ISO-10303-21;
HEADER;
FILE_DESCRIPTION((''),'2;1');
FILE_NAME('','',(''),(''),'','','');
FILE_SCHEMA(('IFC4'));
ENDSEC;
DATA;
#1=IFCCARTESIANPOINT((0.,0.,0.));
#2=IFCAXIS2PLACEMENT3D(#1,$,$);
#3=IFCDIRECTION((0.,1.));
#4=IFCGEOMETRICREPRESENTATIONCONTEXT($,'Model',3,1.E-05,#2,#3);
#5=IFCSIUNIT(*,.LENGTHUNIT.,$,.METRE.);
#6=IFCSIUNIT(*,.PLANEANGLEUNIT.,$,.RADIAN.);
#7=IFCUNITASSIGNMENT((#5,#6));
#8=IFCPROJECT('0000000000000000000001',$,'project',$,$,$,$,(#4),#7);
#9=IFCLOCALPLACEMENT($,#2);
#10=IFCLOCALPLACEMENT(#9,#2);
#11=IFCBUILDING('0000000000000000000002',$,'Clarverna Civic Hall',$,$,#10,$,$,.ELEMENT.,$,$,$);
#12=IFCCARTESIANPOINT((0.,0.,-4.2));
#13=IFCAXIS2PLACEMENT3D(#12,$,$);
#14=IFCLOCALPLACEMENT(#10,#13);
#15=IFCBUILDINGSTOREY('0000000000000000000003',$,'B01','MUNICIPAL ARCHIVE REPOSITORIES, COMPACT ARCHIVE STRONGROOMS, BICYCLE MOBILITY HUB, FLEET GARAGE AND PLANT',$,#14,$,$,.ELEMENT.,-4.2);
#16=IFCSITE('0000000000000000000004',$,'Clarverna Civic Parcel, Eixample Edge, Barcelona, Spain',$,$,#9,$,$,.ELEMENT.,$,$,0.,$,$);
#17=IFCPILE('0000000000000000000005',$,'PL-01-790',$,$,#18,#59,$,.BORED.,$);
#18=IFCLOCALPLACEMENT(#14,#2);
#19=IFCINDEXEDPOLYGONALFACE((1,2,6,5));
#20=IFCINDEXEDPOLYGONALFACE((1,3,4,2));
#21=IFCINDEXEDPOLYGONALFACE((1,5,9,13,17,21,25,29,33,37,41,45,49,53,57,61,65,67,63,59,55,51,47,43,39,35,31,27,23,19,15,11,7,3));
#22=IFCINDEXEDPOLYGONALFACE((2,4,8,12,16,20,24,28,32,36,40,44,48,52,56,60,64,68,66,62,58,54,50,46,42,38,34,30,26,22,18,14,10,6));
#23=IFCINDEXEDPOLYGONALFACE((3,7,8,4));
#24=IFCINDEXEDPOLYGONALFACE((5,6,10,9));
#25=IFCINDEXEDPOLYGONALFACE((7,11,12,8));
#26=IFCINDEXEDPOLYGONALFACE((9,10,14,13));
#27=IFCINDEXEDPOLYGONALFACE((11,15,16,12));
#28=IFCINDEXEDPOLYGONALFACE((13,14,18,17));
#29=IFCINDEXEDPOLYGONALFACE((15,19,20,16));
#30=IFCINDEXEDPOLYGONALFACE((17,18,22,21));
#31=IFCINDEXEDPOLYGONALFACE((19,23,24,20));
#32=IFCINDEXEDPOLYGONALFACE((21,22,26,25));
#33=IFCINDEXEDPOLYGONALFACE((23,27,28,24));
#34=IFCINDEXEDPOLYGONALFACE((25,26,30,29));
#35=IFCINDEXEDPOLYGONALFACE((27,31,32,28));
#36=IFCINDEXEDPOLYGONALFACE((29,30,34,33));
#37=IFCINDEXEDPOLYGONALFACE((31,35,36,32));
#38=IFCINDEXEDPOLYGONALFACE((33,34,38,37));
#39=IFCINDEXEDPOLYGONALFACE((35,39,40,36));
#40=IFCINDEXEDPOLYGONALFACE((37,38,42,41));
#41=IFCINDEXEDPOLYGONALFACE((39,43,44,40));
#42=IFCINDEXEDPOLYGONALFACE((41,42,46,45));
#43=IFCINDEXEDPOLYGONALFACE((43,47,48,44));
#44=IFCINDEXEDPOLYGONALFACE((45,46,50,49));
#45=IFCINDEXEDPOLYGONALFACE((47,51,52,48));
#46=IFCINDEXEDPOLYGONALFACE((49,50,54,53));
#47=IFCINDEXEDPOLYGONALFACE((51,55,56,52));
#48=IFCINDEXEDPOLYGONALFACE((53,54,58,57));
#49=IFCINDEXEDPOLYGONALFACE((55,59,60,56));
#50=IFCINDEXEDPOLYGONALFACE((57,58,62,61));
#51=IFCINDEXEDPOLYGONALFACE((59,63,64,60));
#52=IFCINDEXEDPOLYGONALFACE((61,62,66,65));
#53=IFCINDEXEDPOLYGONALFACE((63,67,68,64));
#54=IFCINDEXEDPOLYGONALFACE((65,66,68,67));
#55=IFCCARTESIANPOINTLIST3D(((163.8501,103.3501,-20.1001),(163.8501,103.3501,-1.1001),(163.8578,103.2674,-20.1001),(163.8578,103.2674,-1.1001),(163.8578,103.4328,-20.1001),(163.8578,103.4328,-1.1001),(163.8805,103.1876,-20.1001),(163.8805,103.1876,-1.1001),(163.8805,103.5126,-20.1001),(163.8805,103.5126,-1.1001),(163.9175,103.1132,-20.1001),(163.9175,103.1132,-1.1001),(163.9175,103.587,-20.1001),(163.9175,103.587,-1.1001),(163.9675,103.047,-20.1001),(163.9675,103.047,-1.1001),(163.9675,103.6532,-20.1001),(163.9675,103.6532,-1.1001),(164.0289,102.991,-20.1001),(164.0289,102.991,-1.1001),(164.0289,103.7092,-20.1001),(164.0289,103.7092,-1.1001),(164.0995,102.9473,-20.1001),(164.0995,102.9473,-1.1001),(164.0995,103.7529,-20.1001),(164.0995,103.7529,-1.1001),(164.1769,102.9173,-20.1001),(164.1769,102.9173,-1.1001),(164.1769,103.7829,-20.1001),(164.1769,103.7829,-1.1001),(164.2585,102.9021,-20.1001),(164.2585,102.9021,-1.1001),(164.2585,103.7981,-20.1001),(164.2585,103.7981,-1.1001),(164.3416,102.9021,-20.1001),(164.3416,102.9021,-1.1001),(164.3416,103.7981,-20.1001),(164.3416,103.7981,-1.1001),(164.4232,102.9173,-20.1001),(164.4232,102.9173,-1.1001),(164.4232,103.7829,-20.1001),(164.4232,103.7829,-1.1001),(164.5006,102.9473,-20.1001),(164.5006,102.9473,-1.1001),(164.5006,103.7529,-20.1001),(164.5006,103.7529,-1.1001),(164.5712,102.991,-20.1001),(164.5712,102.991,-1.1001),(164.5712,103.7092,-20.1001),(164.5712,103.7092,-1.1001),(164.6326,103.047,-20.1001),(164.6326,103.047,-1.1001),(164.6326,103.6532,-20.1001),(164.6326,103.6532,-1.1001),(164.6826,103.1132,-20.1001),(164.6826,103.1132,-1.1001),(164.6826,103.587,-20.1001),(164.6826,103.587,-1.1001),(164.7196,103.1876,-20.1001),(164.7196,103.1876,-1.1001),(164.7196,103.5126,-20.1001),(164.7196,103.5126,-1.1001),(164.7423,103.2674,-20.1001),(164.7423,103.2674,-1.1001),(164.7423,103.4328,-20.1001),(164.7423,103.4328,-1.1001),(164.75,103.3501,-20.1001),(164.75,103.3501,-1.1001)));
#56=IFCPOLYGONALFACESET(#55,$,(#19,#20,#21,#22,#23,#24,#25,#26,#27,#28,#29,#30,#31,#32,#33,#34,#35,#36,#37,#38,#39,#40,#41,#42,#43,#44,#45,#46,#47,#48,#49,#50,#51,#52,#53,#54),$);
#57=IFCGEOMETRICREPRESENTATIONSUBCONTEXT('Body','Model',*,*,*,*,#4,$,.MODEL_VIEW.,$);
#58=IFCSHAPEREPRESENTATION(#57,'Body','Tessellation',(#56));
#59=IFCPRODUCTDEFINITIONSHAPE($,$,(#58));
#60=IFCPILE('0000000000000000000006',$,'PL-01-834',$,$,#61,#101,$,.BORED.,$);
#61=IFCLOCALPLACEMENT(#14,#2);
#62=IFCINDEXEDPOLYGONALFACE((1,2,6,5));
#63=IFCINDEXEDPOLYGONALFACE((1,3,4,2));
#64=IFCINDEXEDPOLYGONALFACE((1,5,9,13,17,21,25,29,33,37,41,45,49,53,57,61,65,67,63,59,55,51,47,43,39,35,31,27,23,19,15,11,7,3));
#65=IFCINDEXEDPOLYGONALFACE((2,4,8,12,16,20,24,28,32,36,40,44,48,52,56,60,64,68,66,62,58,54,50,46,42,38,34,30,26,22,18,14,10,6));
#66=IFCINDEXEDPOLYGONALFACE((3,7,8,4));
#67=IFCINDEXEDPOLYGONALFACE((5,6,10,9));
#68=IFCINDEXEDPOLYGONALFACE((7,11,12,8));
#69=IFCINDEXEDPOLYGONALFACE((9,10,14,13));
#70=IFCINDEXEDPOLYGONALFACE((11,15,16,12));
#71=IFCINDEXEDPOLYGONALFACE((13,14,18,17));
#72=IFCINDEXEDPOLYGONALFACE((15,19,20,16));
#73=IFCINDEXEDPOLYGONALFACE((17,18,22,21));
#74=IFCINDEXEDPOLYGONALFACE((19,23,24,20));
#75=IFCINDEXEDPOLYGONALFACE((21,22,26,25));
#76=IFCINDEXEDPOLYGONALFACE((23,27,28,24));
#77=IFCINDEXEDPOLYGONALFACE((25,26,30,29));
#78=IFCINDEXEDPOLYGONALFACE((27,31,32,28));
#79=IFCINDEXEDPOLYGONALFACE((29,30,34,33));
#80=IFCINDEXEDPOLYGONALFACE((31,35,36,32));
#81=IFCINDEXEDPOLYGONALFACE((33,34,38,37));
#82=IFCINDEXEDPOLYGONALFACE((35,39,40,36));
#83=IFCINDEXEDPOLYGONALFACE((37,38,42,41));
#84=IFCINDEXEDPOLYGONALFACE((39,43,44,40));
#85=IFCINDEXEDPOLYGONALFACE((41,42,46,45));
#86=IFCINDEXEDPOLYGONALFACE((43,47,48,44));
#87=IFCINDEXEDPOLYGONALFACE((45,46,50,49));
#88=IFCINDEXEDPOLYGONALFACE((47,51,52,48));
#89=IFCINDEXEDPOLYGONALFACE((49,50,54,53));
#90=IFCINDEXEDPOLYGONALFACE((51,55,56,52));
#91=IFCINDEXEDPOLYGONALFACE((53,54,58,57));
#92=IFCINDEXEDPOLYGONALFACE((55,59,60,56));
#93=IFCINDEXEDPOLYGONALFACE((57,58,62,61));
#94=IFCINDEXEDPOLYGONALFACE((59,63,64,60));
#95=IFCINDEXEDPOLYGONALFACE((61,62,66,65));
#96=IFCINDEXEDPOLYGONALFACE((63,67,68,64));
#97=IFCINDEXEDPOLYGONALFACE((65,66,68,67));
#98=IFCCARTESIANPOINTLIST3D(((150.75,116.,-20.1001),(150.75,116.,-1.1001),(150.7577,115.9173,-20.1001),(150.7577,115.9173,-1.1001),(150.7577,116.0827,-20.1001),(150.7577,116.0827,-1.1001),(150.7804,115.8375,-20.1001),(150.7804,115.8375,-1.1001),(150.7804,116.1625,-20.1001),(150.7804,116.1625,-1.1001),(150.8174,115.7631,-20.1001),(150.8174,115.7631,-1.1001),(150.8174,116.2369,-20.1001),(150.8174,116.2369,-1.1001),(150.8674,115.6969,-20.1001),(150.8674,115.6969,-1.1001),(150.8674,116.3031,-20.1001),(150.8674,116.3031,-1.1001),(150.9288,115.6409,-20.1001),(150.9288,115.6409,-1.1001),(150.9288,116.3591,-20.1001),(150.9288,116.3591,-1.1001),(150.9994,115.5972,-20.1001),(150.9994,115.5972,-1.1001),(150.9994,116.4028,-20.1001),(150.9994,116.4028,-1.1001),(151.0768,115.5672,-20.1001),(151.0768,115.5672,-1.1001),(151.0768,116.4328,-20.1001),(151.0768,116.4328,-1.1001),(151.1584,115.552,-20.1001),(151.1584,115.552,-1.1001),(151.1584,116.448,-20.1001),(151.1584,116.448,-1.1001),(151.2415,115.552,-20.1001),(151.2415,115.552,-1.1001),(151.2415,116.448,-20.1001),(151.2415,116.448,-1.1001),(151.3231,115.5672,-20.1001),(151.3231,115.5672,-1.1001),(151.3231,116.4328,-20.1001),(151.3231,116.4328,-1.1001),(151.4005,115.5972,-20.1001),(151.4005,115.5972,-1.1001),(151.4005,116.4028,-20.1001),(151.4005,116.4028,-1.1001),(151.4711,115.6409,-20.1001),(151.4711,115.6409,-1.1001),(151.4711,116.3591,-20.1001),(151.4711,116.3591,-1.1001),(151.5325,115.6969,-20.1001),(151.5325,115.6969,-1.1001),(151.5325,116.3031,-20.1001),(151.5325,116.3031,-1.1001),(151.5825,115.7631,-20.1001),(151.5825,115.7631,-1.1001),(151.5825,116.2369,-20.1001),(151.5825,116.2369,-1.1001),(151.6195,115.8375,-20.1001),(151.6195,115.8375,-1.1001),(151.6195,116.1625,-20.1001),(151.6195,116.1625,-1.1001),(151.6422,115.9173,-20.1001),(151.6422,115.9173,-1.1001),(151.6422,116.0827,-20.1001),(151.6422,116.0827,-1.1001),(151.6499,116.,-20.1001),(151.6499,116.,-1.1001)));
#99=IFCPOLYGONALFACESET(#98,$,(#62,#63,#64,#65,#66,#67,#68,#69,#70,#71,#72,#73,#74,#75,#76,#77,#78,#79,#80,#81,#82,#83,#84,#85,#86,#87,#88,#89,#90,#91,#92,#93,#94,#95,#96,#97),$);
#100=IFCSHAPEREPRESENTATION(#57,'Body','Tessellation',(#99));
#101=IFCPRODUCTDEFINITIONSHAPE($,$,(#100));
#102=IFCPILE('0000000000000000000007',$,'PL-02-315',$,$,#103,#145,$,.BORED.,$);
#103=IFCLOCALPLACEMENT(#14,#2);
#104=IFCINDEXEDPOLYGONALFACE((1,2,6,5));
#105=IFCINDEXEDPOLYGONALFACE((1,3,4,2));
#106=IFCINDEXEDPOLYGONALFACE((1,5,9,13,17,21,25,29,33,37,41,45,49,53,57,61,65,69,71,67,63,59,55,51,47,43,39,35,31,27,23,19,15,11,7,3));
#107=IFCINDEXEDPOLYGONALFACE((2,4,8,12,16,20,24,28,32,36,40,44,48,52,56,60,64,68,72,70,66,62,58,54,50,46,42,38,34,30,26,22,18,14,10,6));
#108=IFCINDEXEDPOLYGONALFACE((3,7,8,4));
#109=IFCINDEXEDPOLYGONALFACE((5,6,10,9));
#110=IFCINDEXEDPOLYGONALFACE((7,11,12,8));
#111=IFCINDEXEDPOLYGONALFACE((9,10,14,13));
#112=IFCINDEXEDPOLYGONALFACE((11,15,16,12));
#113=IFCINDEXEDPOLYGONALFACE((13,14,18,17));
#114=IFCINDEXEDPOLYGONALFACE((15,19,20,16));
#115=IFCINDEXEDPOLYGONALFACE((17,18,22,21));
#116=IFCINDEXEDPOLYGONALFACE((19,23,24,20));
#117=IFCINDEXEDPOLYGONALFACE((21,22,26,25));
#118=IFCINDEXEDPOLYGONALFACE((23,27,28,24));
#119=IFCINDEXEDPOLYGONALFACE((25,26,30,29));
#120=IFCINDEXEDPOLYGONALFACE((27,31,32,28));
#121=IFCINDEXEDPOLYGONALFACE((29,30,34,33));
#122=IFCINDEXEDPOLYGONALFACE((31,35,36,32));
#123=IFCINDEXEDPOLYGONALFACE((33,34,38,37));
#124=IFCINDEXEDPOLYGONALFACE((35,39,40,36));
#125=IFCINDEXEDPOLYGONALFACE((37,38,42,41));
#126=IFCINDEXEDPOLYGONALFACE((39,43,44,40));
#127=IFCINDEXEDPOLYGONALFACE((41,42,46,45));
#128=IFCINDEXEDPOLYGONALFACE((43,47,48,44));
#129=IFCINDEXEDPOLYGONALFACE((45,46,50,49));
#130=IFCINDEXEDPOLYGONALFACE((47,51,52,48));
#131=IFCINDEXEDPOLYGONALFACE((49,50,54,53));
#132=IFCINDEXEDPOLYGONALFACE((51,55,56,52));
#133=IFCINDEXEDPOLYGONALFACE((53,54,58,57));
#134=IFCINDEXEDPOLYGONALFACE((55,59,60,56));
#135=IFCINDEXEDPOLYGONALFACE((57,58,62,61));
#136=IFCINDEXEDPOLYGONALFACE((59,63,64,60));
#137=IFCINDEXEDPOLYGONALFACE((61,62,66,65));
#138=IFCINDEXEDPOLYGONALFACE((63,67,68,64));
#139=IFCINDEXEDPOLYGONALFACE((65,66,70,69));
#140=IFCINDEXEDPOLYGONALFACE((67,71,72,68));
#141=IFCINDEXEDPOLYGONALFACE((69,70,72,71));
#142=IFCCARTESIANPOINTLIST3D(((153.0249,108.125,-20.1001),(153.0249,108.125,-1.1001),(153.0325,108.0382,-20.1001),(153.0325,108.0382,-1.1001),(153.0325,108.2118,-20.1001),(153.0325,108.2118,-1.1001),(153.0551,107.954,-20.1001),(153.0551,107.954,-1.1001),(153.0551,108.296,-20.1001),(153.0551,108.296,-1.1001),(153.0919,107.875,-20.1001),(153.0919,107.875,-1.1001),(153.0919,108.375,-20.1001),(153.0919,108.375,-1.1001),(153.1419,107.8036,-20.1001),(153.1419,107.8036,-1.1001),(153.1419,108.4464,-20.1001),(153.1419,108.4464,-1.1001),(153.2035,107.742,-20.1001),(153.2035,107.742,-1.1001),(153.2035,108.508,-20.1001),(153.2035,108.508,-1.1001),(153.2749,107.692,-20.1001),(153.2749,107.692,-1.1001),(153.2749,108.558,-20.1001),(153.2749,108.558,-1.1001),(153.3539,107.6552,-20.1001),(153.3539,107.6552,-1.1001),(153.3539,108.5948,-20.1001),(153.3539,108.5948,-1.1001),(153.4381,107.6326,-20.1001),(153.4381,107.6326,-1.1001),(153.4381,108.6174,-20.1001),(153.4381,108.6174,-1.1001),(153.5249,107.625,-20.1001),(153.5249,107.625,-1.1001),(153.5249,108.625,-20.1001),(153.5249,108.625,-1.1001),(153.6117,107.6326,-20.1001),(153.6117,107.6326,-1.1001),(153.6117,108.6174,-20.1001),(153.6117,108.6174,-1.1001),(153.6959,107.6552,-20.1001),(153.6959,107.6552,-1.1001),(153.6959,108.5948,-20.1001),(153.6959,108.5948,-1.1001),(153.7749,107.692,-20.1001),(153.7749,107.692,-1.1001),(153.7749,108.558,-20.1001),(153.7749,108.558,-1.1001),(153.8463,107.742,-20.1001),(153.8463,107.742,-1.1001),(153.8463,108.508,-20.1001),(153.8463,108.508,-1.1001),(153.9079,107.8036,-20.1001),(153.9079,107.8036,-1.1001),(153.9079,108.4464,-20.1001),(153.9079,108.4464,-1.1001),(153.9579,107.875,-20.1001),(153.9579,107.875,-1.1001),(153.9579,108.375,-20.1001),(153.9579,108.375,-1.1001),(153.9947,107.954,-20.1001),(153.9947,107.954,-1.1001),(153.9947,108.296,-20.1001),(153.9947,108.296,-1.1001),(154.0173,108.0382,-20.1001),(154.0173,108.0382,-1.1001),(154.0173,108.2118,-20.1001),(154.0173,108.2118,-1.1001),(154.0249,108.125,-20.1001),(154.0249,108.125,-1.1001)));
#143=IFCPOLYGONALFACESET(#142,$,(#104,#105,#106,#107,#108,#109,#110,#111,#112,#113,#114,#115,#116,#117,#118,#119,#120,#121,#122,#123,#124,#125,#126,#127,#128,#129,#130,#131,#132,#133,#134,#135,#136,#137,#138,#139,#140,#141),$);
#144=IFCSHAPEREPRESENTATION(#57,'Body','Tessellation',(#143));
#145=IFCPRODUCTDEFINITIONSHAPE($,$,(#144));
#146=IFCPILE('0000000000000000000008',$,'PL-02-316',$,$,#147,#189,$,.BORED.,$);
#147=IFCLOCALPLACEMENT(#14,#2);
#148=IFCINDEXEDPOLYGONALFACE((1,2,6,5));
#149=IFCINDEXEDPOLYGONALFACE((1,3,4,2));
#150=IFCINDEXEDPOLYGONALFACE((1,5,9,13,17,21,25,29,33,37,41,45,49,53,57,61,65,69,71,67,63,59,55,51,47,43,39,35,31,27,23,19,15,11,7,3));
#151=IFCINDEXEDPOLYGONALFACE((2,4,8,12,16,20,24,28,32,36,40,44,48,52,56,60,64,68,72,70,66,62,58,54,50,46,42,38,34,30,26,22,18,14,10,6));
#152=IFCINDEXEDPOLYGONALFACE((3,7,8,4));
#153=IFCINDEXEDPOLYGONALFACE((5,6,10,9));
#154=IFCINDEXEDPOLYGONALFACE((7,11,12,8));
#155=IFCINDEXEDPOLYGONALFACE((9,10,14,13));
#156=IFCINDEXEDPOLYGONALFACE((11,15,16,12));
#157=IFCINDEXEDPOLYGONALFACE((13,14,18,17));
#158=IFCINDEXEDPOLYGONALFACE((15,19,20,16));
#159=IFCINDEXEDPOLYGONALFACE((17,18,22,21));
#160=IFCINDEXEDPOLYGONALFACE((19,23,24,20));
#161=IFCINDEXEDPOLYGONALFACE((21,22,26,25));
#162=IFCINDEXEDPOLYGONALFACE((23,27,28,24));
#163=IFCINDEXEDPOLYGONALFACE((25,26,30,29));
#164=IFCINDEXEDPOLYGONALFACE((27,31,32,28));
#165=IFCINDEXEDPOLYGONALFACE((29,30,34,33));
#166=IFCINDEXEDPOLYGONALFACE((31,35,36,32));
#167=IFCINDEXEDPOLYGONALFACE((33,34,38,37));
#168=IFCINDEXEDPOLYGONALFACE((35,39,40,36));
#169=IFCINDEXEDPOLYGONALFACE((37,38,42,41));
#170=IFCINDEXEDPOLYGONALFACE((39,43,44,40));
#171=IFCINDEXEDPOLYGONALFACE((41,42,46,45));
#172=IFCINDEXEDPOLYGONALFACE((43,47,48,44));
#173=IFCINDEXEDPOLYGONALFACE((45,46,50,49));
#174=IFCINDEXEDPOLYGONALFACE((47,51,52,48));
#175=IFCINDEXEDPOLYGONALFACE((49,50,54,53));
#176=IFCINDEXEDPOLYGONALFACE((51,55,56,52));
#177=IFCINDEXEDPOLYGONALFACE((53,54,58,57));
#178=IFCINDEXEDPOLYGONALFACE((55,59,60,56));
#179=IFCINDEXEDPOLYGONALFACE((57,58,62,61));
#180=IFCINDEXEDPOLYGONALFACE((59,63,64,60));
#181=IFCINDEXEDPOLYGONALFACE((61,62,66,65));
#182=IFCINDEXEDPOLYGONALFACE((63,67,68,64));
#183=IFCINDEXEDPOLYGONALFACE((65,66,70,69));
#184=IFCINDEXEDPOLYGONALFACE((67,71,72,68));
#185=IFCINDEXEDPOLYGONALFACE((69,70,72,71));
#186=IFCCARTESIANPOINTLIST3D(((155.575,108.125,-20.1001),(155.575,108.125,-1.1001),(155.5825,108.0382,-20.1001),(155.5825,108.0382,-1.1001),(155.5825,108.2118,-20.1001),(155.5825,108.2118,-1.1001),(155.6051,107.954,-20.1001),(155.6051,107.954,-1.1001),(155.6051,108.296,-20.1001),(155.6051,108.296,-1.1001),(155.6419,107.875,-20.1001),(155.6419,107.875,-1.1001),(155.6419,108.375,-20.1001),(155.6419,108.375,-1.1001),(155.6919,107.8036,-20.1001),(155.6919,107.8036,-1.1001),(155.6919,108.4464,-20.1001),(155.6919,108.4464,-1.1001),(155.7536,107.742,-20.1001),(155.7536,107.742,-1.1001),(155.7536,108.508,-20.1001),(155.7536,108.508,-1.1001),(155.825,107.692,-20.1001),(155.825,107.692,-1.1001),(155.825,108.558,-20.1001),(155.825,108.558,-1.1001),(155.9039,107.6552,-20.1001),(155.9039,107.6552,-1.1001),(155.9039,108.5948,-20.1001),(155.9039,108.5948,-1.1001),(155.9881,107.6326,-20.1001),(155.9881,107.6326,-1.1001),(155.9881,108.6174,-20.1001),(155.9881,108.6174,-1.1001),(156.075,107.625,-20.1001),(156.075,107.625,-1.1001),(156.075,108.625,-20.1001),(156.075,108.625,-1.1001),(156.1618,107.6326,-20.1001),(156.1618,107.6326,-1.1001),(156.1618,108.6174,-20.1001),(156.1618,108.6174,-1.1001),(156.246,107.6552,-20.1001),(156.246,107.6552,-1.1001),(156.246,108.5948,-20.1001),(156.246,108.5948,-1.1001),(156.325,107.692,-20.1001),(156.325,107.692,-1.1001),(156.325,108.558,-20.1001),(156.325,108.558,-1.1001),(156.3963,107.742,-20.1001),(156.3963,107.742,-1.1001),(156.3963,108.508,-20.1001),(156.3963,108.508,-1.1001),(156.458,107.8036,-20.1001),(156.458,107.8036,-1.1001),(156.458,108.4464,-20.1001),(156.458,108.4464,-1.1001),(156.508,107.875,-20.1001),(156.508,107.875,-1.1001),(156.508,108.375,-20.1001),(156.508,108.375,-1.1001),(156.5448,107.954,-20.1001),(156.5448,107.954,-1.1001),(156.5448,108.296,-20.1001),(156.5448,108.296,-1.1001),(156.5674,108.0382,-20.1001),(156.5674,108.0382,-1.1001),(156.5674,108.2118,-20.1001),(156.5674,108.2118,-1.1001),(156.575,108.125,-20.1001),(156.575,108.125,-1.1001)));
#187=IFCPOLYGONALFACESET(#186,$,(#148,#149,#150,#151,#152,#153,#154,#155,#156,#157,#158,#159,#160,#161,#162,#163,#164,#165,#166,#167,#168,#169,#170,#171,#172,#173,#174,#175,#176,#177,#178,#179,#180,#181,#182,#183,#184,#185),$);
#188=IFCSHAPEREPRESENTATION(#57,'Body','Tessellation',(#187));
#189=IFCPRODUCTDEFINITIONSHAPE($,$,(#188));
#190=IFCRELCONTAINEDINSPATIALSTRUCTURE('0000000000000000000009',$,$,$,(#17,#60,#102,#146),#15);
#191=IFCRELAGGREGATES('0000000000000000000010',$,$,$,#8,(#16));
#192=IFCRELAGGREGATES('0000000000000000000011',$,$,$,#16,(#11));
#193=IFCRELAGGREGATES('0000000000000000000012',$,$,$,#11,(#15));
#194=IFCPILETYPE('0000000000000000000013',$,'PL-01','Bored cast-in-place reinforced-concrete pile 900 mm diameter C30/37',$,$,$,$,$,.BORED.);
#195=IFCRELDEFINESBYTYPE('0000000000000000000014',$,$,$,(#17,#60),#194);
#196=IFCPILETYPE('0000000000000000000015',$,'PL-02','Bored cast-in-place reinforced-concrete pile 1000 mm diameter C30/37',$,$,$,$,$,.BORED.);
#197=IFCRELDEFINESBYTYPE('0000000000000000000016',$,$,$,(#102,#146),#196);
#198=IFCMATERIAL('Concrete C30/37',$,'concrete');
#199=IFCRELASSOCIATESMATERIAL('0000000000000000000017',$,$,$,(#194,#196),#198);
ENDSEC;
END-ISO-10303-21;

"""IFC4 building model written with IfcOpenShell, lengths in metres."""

from ifc_helpers import new_model, si_unit, direction, frame, origin, origin_2d, place, context, subcontext, project, spatial, circle, extrude, material, material_profile, profile_set, type_object, element, save


model = new_model("IFC4")

# Units and contexts
model_context = context("Model", 3, precision=1e-05, world=origin(), true_north=direction((0.0, 1.0)))
body_context = subcontext(model_context, "Body", "Model", "MODEL_VIEW")
ifc_project = project(units=[si_unit("LENGTHUNIT", "METRE"), si_unit("PLANEANGLEUNIT", "RADIAN")], contexts=[model_context])

# Site, building, storey
site_placement = place(None, origin())
site = spatial("IfcSite", under=ifc_project, at=site_placement, Name="Clarverna Civic Parcel, Eixample Edge, Barcelona, Spain", CompositionType="ELEMENT", RefElevation=0.0)
building_placement = place(site_placement, origin())
building = spatial("IfcBuilding", under=site, at=building_placement, Name="Clarverna Civic Hall", CompositionType="ELEMENT")
storey_placement = place(building_placement, frame((0.0, 0.0, -4.2)))
storey = spatial("IfcBuildingStorey", under=building, at=storey_placement, Name="B01", Description="MUNICIPAL ARCHIVE REPOSITORIES, COMPACT ARCHIVE STRONGROOMS, BICYCLE MOBILITY HUB, FLEET GARAGE AND PLANT", CompositionType="ELEMENT", Elevation=-4.2)

# Shared definitions
ifc_material_1 = material(Name="Concrete C30/37", Category="concrete")

# Piles
ifc_material_profile_1 = material_profile(ifc_material_1, circle(Radius=0.45, at=origin_2d()), Name="BORED PILE D900")
ifc_profile_set_1 = profile_set([ifc_material_profile_1], Name="Concrete C30/37")
pile_type_1 = type_object("IfcPileType", Name="PL-01", Description="Bored cast-in-place reinforced-concrete pile 900 mm diameter C30/37", PredefinedType="BORED", material=ifc_profile_set_1)
for number, where, z_axis, x_axis, name in (
    (1, (164.3, 103.3501, -1.1001), (0.0, 0.0, -1.0), (1.0, 0.0, 0.0), "PL-01-790"),
    (2, (151.2, 116.0, -1.1001), (0.0, 0.0, -1.0), (1.0, 0.0, 0.0), "PL-01-834"),
):
    element("IfcPile", number, at=place(storey_placement, frame(where, z_axis=z_axis, x_axis=x_axis)), inside=storey, type_object=pile_type_1, Name=name, PredefinedType="BORED", context=body_context, shape_type="SweptSolid", body=[
        extrude(circle(Radius=0.45, at=origin_2d()), origin(), (0.0, 0.0, 1.0), 19.0),
    ])
ifc_material_profile_2 = material_profile(ifc_material_1, circle(Radius=0.5, at=origin_2d()), Name="BORED PILE D1000")
ifc_profile_set_2 = profile_set([ifc_material_profile_2], Name="Concrete C30/37")
pile_type_2 = type_object("IfcPileType", Name="PL-02", Description="Bored cast-in-place reinforced-concrete pile 1000 mm diameter C30/37", PredefinedType="BORED", material=ifc_profile_set_2)
for number, where, z_axis, x_axis, name in (
    (3, (153.5249, 108.125, -1.1001), (0.0, 0.0, -1.0), (1.0, 0.0, 0.0), "PL-02-315"),
    (4, (156.075, 108.125, -1.1001), (0.0, 0.0, -1.0), (1.0, 0.0, 0.0), "PL-02-316"),
):
    element("IfcPile", number, at=place(storey_placement, frame(where, z_axis=z_axis, x_axis=x_axis)), inside=storey, type_object=pile_type_2, Name=name, PredefinedType="BORED", context=body_context, shape_type="SweptSolid", body=[
        extrude(circle(Radius=0.5, at=origin_2d()), origin(), (0.0, 0.0, 1.0), 19.0),
    ])

save(model, "model.ifc")
